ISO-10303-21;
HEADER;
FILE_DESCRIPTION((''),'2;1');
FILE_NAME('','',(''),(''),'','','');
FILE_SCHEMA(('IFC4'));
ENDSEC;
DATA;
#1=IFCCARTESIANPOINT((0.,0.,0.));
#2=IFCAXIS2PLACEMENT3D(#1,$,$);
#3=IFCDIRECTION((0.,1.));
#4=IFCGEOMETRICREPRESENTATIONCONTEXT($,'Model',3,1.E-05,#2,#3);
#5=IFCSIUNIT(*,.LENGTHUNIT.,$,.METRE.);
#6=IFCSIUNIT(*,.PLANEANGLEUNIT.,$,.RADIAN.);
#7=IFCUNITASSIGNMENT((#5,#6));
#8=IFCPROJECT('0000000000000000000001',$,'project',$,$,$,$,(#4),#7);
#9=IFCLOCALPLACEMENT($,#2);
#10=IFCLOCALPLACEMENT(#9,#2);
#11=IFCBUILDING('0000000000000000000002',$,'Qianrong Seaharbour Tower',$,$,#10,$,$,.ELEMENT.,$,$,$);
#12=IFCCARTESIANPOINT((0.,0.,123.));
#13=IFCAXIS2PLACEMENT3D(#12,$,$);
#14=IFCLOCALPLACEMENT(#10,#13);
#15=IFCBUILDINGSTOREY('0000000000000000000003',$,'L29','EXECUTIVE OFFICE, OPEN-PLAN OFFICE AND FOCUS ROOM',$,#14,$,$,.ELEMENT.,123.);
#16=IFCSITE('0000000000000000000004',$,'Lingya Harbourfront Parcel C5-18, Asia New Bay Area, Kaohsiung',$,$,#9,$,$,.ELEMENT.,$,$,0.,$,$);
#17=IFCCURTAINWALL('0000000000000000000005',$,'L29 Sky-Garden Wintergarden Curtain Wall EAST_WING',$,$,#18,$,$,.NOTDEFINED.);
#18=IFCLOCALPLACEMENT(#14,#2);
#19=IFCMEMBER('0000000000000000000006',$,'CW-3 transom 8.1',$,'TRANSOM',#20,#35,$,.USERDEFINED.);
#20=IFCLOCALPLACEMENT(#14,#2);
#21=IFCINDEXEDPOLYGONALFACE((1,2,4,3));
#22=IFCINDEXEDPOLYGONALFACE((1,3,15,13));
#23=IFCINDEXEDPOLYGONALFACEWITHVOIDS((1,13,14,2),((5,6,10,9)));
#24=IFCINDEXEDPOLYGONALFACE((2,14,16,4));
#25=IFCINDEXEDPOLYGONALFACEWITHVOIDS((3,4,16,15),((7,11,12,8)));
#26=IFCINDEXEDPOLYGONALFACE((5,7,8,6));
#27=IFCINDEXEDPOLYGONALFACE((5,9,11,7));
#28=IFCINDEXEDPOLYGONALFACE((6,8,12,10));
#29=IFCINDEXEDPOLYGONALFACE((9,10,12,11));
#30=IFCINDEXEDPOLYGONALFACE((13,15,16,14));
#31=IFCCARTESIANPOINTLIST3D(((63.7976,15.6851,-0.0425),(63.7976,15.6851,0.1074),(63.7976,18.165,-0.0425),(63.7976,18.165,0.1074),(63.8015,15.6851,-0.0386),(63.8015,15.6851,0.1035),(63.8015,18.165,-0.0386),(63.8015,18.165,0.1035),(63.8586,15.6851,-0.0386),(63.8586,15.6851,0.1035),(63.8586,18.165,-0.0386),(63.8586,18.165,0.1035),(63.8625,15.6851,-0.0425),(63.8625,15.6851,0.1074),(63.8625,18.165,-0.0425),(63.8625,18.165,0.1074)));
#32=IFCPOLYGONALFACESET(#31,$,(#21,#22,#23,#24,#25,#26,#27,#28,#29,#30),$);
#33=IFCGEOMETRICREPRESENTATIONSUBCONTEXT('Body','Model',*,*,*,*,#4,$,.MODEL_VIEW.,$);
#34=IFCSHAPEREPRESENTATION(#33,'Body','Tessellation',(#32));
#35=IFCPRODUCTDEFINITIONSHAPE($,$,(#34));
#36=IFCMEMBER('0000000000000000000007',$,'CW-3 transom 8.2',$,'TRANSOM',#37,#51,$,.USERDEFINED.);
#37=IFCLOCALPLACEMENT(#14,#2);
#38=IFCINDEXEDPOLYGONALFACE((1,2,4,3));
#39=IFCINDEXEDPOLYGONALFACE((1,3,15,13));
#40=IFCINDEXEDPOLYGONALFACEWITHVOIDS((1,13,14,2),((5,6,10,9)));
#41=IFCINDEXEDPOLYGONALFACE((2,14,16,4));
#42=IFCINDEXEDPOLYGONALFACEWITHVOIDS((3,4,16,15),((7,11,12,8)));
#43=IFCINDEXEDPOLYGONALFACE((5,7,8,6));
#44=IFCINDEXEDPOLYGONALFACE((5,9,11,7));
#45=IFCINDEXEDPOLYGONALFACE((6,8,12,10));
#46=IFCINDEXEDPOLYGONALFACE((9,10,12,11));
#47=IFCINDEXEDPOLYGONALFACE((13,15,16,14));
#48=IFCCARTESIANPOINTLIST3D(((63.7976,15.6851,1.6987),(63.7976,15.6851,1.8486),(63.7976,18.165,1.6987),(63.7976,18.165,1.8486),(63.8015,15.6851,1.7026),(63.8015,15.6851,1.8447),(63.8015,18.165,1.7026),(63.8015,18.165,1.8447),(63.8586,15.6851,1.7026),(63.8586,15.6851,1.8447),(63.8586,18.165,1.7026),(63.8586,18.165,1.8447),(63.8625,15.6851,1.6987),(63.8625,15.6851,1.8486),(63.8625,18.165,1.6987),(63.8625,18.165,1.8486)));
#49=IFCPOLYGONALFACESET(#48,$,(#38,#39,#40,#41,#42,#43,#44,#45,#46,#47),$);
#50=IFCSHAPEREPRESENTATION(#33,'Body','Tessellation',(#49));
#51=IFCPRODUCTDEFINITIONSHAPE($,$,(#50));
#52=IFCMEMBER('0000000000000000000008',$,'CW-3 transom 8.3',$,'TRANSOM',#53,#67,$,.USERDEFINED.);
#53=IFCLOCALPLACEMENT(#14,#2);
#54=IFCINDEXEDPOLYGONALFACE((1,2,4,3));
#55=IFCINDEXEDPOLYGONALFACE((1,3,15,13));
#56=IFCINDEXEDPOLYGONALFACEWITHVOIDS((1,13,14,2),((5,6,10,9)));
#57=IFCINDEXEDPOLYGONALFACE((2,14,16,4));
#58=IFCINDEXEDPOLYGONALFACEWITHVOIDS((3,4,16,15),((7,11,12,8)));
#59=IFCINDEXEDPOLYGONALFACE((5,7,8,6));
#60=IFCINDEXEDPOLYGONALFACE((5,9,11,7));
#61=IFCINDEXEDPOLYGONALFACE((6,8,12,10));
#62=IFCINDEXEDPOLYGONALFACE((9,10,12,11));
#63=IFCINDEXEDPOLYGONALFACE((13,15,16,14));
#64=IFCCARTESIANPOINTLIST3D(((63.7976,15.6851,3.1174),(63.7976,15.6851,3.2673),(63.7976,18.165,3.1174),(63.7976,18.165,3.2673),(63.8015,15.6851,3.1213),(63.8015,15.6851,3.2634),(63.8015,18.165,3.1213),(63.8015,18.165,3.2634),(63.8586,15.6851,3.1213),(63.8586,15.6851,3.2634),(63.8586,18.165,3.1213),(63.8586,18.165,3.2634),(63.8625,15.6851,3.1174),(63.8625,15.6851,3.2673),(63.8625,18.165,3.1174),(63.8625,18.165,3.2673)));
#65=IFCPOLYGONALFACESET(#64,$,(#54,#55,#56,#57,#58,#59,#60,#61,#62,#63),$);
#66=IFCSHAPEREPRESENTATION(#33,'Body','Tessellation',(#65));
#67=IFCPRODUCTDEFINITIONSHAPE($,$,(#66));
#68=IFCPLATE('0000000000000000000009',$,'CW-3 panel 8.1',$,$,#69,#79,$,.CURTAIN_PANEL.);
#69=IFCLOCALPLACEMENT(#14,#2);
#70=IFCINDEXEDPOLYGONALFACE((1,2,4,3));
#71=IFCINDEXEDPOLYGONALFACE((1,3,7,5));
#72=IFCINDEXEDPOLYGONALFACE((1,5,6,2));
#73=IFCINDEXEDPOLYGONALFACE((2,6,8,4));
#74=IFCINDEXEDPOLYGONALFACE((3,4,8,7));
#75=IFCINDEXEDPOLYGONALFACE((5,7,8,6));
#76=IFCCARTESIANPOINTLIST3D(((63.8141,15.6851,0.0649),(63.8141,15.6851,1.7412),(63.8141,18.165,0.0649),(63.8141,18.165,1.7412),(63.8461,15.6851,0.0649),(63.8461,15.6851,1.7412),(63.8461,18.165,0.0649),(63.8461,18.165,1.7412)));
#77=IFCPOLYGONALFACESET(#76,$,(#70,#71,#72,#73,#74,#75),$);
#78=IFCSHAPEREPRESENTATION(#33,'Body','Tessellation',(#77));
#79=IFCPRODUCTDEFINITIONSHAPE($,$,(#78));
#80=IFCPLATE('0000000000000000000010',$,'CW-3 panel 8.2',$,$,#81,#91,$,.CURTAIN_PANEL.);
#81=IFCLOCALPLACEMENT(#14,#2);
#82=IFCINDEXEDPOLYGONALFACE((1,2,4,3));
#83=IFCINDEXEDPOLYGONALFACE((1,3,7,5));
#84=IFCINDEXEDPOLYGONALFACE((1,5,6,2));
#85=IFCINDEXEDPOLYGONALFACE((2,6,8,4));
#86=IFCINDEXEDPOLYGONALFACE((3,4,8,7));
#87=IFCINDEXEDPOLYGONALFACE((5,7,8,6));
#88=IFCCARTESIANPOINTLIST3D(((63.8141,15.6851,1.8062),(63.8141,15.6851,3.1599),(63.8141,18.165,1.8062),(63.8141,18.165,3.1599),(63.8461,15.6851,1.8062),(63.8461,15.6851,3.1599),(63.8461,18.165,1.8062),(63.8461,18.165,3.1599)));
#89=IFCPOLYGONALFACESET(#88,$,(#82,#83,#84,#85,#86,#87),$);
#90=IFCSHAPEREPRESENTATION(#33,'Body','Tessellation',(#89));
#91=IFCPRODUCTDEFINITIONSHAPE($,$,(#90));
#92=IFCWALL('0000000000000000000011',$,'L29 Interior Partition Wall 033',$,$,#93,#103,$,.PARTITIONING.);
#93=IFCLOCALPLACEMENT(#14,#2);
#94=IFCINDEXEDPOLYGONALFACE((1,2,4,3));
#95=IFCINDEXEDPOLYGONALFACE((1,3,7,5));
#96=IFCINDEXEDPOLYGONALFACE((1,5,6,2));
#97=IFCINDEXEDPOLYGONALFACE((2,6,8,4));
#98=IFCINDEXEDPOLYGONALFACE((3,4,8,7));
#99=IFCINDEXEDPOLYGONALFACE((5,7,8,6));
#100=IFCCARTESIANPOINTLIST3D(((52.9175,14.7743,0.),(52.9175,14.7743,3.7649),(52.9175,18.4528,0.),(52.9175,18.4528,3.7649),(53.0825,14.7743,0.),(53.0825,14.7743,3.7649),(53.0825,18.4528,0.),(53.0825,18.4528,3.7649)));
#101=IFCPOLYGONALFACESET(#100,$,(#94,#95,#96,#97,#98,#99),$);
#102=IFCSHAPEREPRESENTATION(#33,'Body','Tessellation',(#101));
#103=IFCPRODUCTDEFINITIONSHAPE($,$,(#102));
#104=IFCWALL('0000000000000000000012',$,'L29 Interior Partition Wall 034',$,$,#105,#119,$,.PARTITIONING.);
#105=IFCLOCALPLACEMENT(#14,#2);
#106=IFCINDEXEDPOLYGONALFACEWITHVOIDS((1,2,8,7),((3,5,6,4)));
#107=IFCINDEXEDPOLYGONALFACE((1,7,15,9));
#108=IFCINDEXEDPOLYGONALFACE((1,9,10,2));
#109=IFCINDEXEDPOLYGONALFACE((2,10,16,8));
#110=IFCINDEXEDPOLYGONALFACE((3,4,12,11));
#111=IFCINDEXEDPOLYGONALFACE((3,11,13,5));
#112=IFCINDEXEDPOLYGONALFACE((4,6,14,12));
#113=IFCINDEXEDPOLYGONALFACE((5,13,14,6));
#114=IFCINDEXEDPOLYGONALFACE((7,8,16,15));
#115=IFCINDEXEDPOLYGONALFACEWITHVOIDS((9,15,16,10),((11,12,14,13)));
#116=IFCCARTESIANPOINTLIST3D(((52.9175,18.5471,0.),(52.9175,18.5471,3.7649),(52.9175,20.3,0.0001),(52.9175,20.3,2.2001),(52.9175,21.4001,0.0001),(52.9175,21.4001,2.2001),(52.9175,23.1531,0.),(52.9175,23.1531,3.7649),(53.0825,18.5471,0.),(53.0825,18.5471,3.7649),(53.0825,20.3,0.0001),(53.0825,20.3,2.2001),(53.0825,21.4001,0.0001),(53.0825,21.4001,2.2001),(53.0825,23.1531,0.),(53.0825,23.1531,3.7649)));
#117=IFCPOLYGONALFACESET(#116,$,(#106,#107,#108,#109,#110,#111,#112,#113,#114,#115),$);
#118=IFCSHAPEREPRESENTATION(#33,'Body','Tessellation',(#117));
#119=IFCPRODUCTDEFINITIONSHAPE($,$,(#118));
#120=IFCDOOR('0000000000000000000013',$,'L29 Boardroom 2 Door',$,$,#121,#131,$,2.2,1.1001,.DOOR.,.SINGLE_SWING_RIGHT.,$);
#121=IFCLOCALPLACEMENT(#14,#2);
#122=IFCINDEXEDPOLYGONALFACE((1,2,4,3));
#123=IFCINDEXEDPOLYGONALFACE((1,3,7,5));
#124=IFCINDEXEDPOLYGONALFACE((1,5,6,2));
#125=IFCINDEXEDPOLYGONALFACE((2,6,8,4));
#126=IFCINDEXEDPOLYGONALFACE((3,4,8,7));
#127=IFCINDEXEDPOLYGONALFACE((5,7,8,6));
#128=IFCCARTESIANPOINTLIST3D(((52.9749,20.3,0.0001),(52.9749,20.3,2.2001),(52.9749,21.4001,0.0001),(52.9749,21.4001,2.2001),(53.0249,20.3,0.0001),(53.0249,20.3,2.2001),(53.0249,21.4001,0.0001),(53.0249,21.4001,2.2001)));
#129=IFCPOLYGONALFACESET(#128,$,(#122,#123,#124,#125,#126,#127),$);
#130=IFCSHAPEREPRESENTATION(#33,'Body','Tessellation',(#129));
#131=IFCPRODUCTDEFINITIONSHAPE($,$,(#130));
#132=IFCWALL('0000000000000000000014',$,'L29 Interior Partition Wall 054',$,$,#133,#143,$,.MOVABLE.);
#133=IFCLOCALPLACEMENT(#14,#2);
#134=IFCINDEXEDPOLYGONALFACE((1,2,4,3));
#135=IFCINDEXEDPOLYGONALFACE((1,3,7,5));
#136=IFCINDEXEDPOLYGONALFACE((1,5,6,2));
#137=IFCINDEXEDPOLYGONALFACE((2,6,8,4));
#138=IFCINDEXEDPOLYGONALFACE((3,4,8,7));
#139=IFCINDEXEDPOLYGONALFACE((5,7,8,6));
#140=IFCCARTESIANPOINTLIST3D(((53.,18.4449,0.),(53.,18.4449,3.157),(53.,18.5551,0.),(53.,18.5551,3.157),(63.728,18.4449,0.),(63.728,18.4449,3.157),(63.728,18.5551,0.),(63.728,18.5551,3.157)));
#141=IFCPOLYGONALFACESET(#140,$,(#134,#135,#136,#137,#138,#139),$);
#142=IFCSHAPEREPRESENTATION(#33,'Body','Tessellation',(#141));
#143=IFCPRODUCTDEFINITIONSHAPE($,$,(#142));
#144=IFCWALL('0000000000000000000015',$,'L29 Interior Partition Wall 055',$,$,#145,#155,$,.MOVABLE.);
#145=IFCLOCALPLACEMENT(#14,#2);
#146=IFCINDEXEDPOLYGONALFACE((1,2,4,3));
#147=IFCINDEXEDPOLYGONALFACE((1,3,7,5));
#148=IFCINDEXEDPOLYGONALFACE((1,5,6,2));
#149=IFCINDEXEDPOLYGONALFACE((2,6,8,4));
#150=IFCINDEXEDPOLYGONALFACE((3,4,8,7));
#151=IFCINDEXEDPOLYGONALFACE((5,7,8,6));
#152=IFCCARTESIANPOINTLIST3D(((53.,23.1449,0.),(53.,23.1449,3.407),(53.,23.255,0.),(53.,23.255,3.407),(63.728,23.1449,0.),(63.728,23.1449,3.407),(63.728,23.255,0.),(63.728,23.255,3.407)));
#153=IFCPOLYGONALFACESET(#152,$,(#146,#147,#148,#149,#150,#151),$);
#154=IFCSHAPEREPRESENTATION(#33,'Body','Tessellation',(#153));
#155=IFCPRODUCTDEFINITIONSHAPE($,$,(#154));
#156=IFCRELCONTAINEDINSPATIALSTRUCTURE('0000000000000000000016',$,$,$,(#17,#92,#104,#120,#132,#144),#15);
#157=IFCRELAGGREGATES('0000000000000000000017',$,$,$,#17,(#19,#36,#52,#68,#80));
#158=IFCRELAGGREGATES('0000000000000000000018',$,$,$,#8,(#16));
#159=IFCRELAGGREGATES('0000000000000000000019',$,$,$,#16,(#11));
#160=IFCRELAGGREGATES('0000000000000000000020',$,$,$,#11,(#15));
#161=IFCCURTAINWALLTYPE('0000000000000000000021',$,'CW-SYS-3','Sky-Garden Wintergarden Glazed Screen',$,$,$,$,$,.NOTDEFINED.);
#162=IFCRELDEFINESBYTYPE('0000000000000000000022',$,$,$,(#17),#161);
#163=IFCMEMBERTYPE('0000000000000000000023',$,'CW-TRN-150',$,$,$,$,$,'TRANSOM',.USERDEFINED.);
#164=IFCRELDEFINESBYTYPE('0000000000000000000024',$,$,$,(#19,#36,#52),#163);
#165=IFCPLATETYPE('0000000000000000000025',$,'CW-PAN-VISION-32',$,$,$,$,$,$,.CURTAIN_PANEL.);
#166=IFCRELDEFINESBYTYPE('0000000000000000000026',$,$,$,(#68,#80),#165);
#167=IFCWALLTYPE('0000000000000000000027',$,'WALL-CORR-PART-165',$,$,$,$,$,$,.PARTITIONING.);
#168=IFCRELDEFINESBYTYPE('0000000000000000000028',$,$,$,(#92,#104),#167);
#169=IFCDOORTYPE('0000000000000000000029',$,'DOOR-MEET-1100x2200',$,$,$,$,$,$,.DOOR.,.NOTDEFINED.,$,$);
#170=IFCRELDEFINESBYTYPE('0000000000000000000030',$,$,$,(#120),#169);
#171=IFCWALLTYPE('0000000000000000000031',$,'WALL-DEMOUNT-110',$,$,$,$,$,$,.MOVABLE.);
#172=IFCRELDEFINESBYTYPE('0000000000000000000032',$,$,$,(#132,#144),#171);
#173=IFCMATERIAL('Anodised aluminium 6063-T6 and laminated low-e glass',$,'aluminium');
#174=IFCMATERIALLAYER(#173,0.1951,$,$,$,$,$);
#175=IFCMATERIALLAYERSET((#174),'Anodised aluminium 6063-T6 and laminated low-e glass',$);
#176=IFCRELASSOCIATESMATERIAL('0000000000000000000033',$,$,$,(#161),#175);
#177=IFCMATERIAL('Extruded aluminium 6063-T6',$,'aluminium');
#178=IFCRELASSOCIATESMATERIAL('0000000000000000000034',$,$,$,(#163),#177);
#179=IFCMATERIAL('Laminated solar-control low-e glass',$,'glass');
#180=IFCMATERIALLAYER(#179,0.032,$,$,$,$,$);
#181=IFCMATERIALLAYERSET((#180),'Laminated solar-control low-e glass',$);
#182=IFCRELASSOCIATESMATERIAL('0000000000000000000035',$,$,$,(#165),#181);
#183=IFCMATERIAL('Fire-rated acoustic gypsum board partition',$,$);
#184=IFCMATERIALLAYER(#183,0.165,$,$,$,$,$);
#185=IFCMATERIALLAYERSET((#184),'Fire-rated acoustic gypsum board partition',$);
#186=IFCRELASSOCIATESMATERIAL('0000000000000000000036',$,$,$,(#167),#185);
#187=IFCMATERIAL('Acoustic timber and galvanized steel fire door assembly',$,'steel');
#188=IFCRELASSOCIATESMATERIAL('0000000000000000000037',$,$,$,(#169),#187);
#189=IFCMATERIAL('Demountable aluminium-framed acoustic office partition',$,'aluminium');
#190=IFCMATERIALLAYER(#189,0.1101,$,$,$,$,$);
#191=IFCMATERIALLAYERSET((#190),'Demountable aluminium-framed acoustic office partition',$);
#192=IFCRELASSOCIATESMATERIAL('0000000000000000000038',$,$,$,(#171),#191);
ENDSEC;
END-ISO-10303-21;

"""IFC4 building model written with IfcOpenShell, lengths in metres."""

from ifc_helpers import new_model, si_unit, direction, frame, frame_2d, origin, origin_2d, place, context, subcontext, project, spatial, rectangle, hollow_rectangle, extrude, material, layer, layer_set, material_profile, profile_set, type_object, element, fill, aggregate, save


model = new_model("IFC4")

# Units and contexts
model_context = context("Model", 3, precision=1e-05, world=origin(), true_north=direction((0.0, 1.0)))
body_context = subcontext(model_context, "Body", "Model", "MODEL_VIEW")
ifc_project = project(units=[si_unit("LENGTHUNIT", "METRE"), si_unit("PLANEANGLEUNIT", "RADIAN")], contexts=[model_context])

# Site, building, storey
site_placement = place(None, origin())
site = spatial("IfcSite", under=ifc_project, at=site_placement, Name="Lingya Harbourfront Parcel C5-18, Asia New Bay Area, Kaohsiung", CompositionType="ELEMENT", RefElevation=0.0)
building_placement = place(site_placement, origin())
building = spatial("IfcBuilding", under=site, at=building_placement, Name="Qianrong Seaharbour Tower", CompositionType="ELEMENT")
storey_placement = place(building_placement, frame((0.0, 0.0, 123.0)))
storey = spatial("IfcBuildingStorey", under=building, at=storey_placement, Name="L29", Description="EXECUTIVE OFFICE, OPEN-PLAN OFFICE AND FOCUS ROOM", CompositionType="ELEMENT", Elevation=123.0)

# Curtain wall, members, plates
ifc_material_1 = material(Name="Anodised aluminium 6063-T6 and laminated low-e glass", Category="aluminium")
ifc_layer_1 = layer(ifc_material_1, 0.1951)
ifc_layer_set_1 = layer_set([ifc_layer_1], Name="Anodised aluminium 6063-T6 and laminated low-e glass")
curtain_wall_type = type_object("IfcCurtainWallType", Name="CW-SYS-3", Description="Sky-Garden Wintergarden Glazed Screen", PredefinedType="NOTDEFINED", material=ifc_layer_set_1)
curtain_wall_placement = place(storey_placement, origin())
curtain_wall = element("IfcCurtainWall", 1, at=curtain_wall_placement, inside=storey, type_object=curtain_wall_type, Name="L29 Sky-Garden Wintergarden Curtain Wall EAST_WING", PredefinedType="NOTDEFINED")
ifc_material_2 = material(Name="Extruded aluminium 6063-T6", Category="aluminium")
ifc_material_profile_1 = material_profile(ifc_material_2, hollow_rectangle(XDim=0.0649, YDim=0.1499, WallThickness=0.0039, at=origin_2d()), Name="ALU-TRN-150x65x4")
ifc_profile_set_1 = profile_set([ifc_material_profile_1], Name="Extruded aluminium 6063-T6")
member_type_1 = type_object("IfcMemberType", Name="CW-TRN-150", ElementType="TRANSOM", PredefinedType="USERDEFINED", material=ifc_profile_set_1)
member_1_placement = place(storey_placement, frame((63.8301, 18.165, 0.0325), z_axis=(0.0, -1.0, 0.0), x_axis=(1.0, 0.0, 0.0)))
member_1 = element("IfcMember", 2, at=member_1_placement, type_object=member_type_1, Name="CW-3 transom 8.1", ObjectType="TRANSOM", PredefinedType="USERDEFINED", context=body_context, shape_type="SweptSolid", body=[
    extrude(hollow_rectangle(XDim=0.0649, YDim=0.1499, WallThickness=0.0039, at=origin_2d()), origin(), (0.0, 0.0, 1.0), 2.48),
])
member_2_placement = place(storey_placement, frame((63.8301, 18.165, 1.7737), z_axis=(0.0, -1.0, 0.0), x_axis=(1.0, 0.0, 0.0)))
member_2 = element("IfcMember", 3, at=member_2_placement, type_object=member_type_1, Name="CW-3 transom 8.2", ObjectType="TRANSOM", PredefinedType="USERDEFINED", context=body_context, shape_type="SweptSolid", body=[
    extrude(hollow_rectangle(XDim=0.0649, YDim=0.1499, WallThickness=0.0039, at=origin_2d()), origin(), (0.0, 0.0, 1.0), 2.48),
])
member_3_placement = place(storey_placement, frame((63.8301, 18.165, 3.1924), z_axis=(0.0, -1.0, 0.0), x_axis=(1.0, 0.0, 0.0)))
member_3 = element("IfcMember", 4, at=member_3_placement, type_object=member_type_1, Name="CW-3 transom 8.3", ObjectType="TRANSOM", PredefinedType="USERDEFINED", context=body_context, shape_type="SweptSolid", body=[
    extrude(hollow_rectangle(XDim=0.0649, YDim=0.1499, WallThickness=0.0039, at=origin_2d()), origin(), (0.0, 0.0, 1.0), 2.48),
])
ifc_material_3 = material(Name="Laminated solar-control low-e glass", Category="glass")
ifc_layer_2 = layer(ifc_material_3, 0.032)
ifc_layer_set_2 = layer_set([ifc_layer_2], Name="Laminated solar-control low-e glass")
plate_type = type_object("IfcPlateType", Name="CW-PAN-VISION-32", PredefinedType="CURTAIN_PANEL", material=ifc_layer_set_2)
plate_1_placement = place(storey_placement, frame((63.8301, 16.925, 0.0649), z_axis=(0.0, 0.0, 1.0), x_axis=(0.0, -1.0, 0.0)))
plate_1 = element("IfcPlate", 5, at=plate_1_placement, type_object=plate_type, Name="CW-3 panel 8.1", PredefinedType="CURTAIN_PANEL", context=body_context, shape_type="SweptSolid", body=[
    extrude(rectangle(XDim=2.48, YDim=0.032, at=origin_2d()), origin(), (0.0, 0.0, 1.0), 1.6763),
])
plate_2_placement = place(storey_placement, frame((63.8301, 16.925, 1.8062), z_axis=(0.0, 0.0, 1.0), x_axis=(0.0, -1.0, 0.0)))
plate_2 = element("IfcPlate", 6, at=plate_2_placement, type_object=plate_type, Name="CW-3 panel 8.2", PredefinedType="CURTAIN_PANEL", context=body_context, shape_type="SweptSolid", body=[
    extrude(rectangle(XDim=2.48, YDim=0.032, at=origin_2d()), origin(), (0.0, 0.0, 1.0), 1.3538),
])
aggregate(curtain_wall, [member_1, member_2, member_3, plate_1, plate_2])

# Wall
ifc_material_4 = material(Name="Fire-rated acoustic gypsum board partition")
ifc_layer_3 = layer(ifc_material_4, 0.165)
ifc_layer_set_3 = layer_set([ifc_layer_3], Name="Fire-rated acoustic gypsum board partition")
wall_type_1 = type_object("IfcWallType", Name="WALL-CORR-PART-165", PredefinedType="PARTITIONING", material=ifc_layer_set_3)
wall_1_placement = place(storey_placement, frame((53.0, 18.4529, 0.0), z_axis=(0.0, 0.0, 1.0), x_axis=(0.0, -1.0, 0.0)))
element("IfcWall", 7, at=wall_1_placement, inside=storey, type_object=wall_type_1, Name="L29 Interior Partition Wall 033", PredefinedType="PARTITIONING", context=body_context, shape_type="SweptSolid", body=[
    extrude(rectangle(XDim=3.6785, YDim=0.165, at=frame_2d((1.8394, 0.0))), origin(), (0.0, 0.0, 1.0), 3.7649),
])

# Wall, opening, door
wall_2_placement = place(storey_placement, frame((53.0, 23.1531, 0.0), z_axis=(0.0, 0.0, 1.0), x_axis=(0.0, -1.0, 0.0)))
wall_2 = element("IfcWall", 8, at=wall_2_placement, inside=storey, type_object=wall_type_1, Name="L29 Interior Partition Wall 034", PredefinedType="PARTITIONING", context=body_context, shape_type="SweptSolid", body=[
    extrude(rectangle(XDim=4.606, YDim=0.165, at=frame_2d((2.303, 0.0))), origin(), (0.0, 0.0, 1.0), 3.7649),
])
opening_1_placement = place(wall_2_placement, frame((1.7529, 0.0, 0.0)))
opening_1 = element("IfcOpeningElement", 9, at=opening_1_placement, cuts=wall_2, PredefinedType="OPENING", context=body_context, shape_type="SweptSolid", body=[
    extrude(rectangle(XDim=1.1001, YDim=2.2, at=frame_2d((0.55, 1.1001))), frame((0.0, 0.0925, 0.0), z_axis=(0.0, -1.0, 0.0), x_axis=(1.0, 0.0, 0.0)), (0.0, 0.0, 1.0), 0.1851),
])
ifc_material_5 = material(Name="Acoustic timber and galvanized steel fire door assembly", Category="steel")
door_type_1 = type_object("IfcDoorType", Name="DOOR-MEET-1100x2200", OperationType="NOTDEFINED", PredefinedType="DOOR", material=ifc_material_5)
door_1_placement = place(opening_1_placement, origin())
door_1 = element("IfcDoor", 10, at=door_1_placement, inside=storey, type_object=door_type_1, Name="L29 Boardroom 2 Door", OperationType="SINGLE_SWING_RIGHT", OverallHeight=2.2, OverallWidth=1.1001, PredefinedType="DOOR", context=body_context, shape_type="SweptSolid", body=[
    extrude(rectangle(XDim=1.1001, YDim=2.2, at=frame_2d((0.55, 1.1001))), frame((0.0, 0.0249, 0.0), z_axis=(0.0, -1.0, 0.0), x_axis=(1.0, 0.0, 0.0)), (0.0, 0.0, 1.0), 0.05),
])
fill(opening_1, door_1)

# Walls
ifc_material_6 = material(Name="Demountable aluminium-framed acoustic office partition", Category="aluminium")
ifc_layer_4 = layer(ifc_material_6, 0.1101)
ifc_layer_set_4 = layer_set([ifc_layer_4], Name="Demountable aluminium-framed acoustic office partition")
wall_type_2 = type_object("IfcWallType", Name="WALL-DEMOUNT-110", PredefinedType="MOVABLE", material=ifc_layer_set_4)
wall_3_placement = place(storey_placement, frame((53.0, 18.5, 0.0), z_axis=(0.0, 0.0, 1.0), x_axis=(1.0, 0.0, 0.0)))
element("IfcWall", 11, at=wall_3_placement, inside=storey, type_object=wall_type_2, Name="L29 Interior Partition Wall 054", PredefinedType="MOVABLE", context=body_context, shape_type="SweptSolid", body=[
    extrude(rectangle(XDim=10.728, YDim=0.1101, at=frame_2d((5.364, 0.0))), origin(), (0.0, 0.0, 1.0), 3.157),
])
wall_4_placement = place(storey_placement, frame((53.0, 23.2, 0.0), z_axis=(0.0, 0.0, 1.0), x_axis=(1.0, 0.0, 0.0)))
element("IfcWall", 12, at=wall_4_placement, inside=storey, type_object=wall_type_2, Name="L29 Interior Partition Wall 055", PredefinedType="MOVABLE", context=body_context, shape_type="SweptSolid", body=[
    extrude(rectangle(XDim=10.728, YDim=0.1101, at=frame_2d((5.364, 0.0))), origin(), (0.0, 0.0, 1.0), 3.407),
])

save(model, "model.ifc")
